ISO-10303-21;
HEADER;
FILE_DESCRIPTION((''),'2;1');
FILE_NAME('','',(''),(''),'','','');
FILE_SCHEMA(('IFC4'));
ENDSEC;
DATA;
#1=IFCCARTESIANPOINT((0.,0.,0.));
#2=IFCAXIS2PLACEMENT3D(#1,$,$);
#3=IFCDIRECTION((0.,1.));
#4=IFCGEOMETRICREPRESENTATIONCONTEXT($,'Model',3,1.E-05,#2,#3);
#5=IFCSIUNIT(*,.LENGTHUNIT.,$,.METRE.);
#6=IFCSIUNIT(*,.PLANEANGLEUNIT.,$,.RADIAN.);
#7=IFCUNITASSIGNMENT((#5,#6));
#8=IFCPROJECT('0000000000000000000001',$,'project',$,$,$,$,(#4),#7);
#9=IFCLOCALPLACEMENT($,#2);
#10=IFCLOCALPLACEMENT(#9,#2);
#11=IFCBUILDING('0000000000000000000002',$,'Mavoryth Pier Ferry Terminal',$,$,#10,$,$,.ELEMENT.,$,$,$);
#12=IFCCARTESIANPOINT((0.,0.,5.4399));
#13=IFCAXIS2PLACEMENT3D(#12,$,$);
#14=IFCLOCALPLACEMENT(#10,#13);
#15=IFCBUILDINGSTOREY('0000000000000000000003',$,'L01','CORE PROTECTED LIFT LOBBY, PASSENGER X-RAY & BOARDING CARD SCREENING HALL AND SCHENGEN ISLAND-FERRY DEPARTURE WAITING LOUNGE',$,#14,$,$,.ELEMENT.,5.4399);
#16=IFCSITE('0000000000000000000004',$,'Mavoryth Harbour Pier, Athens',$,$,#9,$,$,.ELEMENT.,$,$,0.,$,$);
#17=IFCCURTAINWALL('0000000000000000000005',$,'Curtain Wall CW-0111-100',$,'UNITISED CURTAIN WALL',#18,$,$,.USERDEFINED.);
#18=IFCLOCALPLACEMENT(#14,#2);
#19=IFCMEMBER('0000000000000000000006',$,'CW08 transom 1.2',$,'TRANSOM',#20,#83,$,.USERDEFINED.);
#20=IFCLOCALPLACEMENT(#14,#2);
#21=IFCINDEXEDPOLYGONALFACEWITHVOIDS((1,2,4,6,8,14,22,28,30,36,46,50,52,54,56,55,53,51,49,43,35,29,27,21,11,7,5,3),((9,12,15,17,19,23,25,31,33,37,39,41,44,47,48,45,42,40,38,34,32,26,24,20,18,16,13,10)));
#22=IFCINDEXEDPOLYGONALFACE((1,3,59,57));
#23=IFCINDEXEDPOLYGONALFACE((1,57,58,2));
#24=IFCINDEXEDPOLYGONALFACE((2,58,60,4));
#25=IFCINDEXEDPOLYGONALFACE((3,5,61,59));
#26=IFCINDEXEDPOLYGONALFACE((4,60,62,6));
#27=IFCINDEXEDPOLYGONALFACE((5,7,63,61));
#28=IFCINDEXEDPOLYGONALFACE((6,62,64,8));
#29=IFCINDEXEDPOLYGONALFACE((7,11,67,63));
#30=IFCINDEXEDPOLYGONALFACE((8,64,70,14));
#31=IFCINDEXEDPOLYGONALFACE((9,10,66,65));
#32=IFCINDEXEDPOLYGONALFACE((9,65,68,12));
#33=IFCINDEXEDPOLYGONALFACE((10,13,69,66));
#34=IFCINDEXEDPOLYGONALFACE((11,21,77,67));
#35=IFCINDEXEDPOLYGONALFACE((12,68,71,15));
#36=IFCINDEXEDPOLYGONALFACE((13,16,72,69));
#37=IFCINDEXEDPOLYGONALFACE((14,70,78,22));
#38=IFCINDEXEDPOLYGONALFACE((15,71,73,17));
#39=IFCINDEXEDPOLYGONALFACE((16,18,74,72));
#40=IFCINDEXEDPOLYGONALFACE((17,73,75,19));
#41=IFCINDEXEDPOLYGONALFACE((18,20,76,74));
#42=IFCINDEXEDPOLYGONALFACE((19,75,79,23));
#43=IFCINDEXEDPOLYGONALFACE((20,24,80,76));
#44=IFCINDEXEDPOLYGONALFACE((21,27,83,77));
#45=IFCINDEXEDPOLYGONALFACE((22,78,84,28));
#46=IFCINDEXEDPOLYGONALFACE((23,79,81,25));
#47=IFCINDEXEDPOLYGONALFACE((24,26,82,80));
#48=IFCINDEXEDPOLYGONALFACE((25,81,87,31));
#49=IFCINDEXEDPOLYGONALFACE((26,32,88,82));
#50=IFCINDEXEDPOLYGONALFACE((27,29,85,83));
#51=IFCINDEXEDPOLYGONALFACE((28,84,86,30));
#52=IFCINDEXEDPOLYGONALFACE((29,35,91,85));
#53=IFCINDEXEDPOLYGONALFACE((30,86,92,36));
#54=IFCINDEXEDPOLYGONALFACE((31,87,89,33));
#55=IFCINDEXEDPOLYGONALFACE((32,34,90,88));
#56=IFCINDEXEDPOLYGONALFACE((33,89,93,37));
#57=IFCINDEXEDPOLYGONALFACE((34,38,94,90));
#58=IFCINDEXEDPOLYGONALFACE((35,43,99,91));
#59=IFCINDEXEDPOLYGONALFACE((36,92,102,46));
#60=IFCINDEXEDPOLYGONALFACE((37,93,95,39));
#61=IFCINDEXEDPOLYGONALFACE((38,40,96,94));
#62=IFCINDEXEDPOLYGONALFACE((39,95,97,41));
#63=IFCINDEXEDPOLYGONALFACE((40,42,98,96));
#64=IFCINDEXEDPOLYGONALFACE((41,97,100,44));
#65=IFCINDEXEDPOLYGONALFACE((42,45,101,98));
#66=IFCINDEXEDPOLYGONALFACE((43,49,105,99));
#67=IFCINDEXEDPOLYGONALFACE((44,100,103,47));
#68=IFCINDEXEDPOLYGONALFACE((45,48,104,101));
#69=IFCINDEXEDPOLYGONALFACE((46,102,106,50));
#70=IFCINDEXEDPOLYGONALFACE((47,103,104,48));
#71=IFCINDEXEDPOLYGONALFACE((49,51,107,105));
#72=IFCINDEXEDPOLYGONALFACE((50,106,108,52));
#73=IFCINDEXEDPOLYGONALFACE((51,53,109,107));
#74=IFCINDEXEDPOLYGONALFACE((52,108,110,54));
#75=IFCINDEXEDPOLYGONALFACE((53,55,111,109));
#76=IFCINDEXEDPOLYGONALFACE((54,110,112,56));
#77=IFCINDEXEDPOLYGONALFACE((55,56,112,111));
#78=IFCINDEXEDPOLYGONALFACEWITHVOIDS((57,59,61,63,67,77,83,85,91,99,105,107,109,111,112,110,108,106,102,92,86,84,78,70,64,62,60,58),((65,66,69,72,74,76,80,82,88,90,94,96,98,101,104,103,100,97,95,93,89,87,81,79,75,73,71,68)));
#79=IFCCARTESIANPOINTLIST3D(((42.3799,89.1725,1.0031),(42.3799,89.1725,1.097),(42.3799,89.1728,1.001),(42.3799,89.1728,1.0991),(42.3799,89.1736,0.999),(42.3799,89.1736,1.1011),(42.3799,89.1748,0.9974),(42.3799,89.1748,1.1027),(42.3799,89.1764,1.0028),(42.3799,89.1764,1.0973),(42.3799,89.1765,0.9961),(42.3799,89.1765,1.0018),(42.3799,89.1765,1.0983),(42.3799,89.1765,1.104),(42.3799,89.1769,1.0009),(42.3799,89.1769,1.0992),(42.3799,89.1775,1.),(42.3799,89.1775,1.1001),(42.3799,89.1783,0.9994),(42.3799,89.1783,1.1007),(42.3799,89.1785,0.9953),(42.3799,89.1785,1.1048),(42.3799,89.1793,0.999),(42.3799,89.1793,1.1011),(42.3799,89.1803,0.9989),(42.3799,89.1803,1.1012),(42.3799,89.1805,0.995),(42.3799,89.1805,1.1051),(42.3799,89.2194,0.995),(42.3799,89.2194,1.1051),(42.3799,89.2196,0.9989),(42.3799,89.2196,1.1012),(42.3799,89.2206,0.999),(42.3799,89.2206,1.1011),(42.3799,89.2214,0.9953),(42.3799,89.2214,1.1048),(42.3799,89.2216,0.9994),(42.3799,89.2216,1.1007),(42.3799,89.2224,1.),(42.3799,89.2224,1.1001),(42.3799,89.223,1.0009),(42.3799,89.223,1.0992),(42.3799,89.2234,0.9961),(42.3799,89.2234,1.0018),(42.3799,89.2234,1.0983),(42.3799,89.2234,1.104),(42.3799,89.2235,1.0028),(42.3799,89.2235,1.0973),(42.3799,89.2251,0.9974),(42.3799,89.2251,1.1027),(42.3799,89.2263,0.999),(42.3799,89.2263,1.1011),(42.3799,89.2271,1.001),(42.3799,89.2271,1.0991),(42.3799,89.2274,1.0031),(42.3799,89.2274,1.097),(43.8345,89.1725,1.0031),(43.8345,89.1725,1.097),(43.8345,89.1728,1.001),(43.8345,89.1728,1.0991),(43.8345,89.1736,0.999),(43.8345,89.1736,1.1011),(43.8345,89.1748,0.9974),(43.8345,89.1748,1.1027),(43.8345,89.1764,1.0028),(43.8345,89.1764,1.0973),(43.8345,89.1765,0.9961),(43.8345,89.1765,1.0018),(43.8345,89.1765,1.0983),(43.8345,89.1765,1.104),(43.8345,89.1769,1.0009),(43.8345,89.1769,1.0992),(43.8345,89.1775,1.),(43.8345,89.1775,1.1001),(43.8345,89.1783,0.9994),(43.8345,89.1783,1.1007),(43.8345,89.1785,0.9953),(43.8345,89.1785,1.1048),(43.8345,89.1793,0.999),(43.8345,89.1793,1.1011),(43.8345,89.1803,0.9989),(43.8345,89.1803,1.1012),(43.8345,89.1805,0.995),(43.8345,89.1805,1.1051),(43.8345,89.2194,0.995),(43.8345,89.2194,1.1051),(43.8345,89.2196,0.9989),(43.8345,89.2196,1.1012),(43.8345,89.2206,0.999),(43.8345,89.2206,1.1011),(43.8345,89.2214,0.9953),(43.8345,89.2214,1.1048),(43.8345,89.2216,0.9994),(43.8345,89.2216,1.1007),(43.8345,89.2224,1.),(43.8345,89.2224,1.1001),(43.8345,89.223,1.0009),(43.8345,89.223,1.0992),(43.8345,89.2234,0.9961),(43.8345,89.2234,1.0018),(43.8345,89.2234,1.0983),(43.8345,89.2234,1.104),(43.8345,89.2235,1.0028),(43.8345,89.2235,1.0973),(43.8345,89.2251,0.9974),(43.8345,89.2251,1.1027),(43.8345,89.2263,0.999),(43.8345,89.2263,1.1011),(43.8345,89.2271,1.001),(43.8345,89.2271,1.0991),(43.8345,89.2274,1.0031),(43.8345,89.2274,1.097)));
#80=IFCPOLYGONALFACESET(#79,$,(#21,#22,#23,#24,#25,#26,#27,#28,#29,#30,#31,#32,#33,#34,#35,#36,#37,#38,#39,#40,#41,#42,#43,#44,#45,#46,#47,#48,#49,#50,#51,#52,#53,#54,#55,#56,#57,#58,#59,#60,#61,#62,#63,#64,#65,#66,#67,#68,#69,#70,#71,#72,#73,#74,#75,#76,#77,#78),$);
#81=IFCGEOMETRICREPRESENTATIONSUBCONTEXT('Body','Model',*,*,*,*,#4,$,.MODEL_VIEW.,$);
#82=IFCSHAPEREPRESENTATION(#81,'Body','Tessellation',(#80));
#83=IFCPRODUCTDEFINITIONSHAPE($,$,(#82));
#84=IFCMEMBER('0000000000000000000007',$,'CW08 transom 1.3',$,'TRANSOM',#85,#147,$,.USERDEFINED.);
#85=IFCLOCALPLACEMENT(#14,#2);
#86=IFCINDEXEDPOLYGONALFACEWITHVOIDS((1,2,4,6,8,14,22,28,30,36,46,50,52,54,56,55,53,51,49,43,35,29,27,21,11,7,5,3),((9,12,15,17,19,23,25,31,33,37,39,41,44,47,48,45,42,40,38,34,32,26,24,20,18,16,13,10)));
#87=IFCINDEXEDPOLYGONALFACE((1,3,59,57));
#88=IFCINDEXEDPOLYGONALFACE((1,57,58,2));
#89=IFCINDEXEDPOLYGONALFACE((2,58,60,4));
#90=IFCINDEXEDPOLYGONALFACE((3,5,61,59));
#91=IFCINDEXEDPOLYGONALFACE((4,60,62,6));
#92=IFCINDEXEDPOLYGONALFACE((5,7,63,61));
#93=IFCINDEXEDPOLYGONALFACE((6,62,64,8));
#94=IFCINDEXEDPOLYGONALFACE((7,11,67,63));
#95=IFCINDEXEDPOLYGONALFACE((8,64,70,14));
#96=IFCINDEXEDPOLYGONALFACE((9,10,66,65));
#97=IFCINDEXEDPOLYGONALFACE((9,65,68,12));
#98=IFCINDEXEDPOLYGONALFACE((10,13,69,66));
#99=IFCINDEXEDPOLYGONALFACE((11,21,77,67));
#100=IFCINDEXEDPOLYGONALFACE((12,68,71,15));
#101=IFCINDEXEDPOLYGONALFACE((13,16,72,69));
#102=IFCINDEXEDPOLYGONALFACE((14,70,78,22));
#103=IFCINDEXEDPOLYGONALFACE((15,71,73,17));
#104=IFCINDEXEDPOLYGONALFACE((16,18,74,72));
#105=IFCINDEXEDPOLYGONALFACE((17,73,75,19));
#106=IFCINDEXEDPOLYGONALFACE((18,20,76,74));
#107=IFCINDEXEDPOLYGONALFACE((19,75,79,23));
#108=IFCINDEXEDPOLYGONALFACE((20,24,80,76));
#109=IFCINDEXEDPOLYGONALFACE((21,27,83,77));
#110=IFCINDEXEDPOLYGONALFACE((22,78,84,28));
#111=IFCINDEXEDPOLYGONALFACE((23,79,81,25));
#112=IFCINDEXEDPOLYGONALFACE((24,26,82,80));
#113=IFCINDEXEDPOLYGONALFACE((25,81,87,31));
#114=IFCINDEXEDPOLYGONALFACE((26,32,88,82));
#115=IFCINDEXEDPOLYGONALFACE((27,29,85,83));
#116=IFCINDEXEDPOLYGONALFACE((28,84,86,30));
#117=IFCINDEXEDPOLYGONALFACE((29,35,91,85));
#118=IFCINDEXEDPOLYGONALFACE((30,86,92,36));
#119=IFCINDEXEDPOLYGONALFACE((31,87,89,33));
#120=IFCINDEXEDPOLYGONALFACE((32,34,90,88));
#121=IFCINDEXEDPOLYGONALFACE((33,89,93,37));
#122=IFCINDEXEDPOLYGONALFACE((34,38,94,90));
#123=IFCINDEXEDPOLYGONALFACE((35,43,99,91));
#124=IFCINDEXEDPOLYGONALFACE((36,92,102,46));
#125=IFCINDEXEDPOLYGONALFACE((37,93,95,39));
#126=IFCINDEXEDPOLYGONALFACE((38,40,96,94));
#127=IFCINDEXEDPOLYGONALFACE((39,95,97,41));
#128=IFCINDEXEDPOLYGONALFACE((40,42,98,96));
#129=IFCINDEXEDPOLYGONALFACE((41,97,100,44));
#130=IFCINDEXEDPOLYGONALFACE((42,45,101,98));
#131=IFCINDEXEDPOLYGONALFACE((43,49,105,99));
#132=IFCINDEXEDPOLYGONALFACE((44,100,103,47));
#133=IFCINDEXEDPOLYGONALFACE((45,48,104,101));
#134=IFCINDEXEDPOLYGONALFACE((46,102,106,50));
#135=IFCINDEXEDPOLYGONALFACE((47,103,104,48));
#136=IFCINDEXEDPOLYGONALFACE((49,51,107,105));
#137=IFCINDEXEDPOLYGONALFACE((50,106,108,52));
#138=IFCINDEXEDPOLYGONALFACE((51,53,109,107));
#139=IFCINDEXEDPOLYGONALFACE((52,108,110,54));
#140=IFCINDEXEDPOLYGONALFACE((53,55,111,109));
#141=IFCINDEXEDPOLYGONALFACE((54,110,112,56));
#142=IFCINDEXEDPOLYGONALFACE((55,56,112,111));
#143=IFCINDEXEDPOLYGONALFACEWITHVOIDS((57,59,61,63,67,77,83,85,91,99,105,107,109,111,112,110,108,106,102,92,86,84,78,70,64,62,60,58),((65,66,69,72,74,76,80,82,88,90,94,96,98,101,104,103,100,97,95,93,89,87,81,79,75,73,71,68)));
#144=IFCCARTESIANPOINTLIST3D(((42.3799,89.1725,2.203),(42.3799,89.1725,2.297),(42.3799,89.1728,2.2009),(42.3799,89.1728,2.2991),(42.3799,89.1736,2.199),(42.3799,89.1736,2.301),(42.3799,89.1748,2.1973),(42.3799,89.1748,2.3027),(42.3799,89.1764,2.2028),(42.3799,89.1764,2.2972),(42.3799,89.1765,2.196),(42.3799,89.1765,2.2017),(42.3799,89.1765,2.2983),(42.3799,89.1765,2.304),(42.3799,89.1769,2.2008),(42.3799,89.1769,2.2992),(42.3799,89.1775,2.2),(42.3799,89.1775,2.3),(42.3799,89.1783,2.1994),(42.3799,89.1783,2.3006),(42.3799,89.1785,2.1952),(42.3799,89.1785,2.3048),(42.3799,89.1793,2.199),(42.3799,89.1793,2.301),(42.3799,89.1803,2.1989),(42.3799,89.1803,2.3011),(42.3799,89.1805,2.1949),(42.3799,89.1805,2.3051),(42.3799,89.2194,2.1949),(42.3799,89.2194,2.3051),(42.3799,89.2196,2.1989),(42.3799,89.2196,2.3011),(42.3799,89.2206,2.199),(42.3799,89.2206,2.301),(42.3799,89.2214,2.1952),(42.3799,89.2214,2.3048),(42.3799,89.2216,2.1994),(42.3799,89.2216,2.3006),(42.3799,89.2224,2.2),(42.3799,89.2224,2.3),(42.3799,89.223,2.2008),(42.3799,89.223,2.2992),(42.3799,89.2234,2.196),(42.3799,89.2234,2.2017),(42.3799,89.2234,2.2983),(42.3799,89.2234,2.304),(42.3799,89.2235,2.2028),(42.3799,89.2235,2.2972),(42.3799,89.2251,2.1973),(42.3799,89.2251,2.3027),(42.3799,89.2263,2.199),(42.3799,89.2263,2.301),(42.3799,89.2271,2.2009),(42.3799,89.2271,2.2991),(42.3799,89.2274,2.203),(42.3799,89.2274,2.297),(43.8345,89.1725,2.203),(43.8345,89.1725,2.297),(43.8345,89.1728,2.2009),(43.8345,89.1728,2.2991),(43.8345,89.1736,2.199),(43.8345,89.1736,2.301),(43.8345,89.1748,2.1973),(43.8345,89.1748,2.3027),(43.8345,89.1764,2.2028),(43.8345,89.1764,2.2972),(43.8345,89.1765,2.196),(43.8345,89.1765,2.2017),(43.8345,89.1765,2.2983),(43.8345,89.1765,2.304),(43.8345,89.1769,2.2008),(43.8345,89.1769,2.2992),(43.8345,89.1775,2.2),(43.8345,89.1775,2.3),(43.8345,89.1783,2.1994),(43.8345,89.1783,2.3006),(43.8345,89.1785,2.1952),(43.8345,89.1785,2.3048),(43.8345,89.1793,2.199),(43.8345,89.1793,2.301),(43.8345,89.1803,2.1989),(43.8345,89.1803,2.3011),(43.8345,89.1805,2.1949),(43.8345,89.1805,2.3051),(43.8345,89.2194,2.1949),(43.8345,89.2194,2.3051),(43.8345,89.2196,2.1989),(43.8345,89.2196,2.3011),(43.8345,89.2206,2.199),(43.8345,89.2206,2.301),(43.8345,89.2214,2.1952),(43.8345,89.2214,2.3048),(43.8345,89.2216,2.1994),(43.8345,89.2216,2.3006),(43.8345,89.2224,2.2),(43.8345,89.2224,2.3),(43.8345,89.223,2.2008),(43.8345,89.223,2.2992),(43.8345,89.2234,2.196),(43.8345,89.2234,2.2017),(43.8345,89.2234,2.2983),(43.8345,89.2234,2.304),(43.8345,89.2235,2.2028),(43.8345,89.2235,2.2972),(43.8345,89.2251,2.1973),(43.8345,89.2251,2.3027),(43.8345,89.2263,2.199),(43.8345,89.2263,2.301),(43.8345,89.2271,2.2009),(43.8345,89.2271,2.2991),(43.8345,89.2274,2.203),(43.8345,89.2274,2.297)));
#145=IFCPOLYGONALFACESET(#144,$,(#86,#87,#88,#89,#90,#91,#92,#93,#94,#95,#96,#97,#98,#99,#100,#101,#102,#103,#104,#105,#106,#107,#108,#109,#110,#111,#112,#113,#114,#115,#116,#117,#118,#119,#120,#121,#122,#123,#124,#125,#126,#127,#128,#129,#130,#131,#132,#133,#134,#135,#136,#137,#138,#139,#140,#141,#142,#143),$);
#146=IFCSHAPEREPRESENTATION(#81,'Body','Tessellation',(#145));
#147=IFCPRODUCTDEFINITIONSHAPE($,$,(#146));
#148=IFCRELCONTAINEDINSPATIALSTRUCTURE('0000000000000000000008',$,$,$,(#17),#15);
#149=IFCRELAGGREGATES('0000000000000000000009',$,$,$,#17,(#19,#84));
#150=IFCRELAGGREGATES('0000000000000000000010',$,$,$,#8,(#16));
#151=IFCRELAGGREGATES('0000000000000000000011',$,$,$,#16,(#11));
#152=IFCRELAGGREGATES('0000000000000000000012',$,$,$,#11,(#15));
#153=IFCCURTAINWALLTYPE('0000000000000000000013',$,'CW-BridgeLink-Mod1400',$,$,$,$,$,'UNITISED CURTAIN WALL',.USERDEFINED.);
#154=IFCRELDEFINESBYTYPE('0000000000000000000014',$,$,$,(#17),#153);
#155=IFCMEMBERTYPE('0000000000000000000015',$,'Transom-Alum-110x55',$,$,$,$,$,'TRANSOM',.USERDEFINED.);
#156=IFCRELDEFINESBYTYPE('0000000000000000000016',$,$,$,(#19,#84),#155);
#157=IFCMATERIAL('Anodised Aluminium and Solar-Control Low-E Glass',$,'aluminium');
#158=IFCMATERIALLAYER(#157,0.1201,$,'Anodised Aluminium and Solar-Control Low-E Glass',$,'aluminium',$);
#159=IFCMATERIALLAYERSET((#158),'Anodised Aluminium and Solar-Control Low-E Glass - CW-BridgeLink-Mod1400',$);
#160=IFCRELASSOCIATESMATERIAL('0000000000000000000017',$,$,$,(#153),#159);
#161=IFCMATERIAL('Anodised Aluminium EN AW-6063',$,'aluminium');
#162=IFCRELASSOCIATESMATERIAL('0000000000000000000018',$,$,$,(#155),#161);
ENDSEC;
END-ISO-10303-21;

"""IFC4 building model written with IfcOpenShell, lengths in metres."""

from ifc_helpers import new_model, si_unit, direction, frame, origin, origin_2d, place, context, subcontext, project, spatial, hollow_rectangle, extrude, material, layer, layer_set, material_profile, profile_set, type_object, element, aggregate, save


model = new_model("IFC4")

# Units and contexts
model_context = context("Model", 3, precision=1e-05, world=origin(), true_north=direction((0.0, 1.0)))
body_context = subcontext(model_context, "Body", "Model", "MODEL_VIEW")
ifc_project = project(units=[si_unit("LENGTHUNIT", "METRE"), si_unit("PLANEANGLEUNIT", "RADIAN")], contexts=[model_context])

# Site, building, storey
site_placement = place(None, origin())
site = spatial("IfcSite", under=ifc_project, at=site_placement, Name="Mavoryth Harbour Pier, Athens", CompositionType="ELEMENT", RefElevation=0.0)
building_placement = place(site_placement, origin())
building = spatial("IfcBuilding", under=site, at=building_placement, Name="Mavoryth Pier Ferry Terminal", CompositionType="ELEMENT")
storey_placement = place(building_placement, frame((0.0, 0.0, 5.4399)))
storey = spatial("IfcBuildingStorey", under=building, at=storey_placement, Name="L01", Description="CORE PROTECTED LIFT LOBBY, PASSENGER X-RAY & BOARDING CARD SCREENING HALL AND SCHENGEN ISLAND-FERRY DEPARTURE WAITING LOUNGE", CompositionType="ELEMENT", Elevation=5.4399)

# Curtain wall
ifc_material_1 = material(Name="Anodised Aluminium and Solar-Control Low-E Glass", Category="aluminium")
ifc_layer_1 = layer(ifc_material_1, 0.1201, Name="Anodised Aluminium and Solar-Control Low-E Glass", Category="aluminium")
ifc_layer_set_1 = layer_set([ifc_layer_1], Name="Anodised Aluminium and Solar-Control Low-E Glass - CW-BridgeLink-Mod1400")
curtain_wall_type = type_object("IfcCurtainWallType", Name="CW-BridgeLink-Mod1400", ElementType="UNITISED CURTAIN WALL", PredefinedType="USERDEFINED", material=ifc_layer_set_1)
curtain_wall_placement = place(storey_placement, origin())
curtain_wall = element("IfcCurtainWall", 1, at=curtain_wall_placement, inside=storey, type_object=curtain_wall_type, Name="Curtain Wall CW-0111-100", ObjectType="UNITISED CURTAIN WALL", PredefinedType="USERDEFINED")
ifc_material_2 = material(Name="Anodised Aluminium EN AW-6063", Category="aluminium")

# Members
ifc_material_profile_1 = material_profile(ifc_material_2, hollow_rectangle(XDim=0.0549, YDim=0.1101, WallThickness=0.0039, InnerFilletRadius=0.0039, OuterFilletRadius=0.0081, at=origin_2d()), Name="AL-TRAN 110x55x4", Category="aluminium")
ifc_profile_set_1 = profile_set([ifc_material_profile_1], Name="Anodised Aluminium EN AW-6063 - AL-TRAN 110x55x4")
member_type_1 = type_object("IfcMemberType", Name="Transom-Alum-110x55", ElementType="TRANSOM", PredefinedType="USERDEFINED", material=ifc_profile_set_1)
member_1_placement = place(storey_placement, frame((42.3799, 89.2, 1.05), z_axis=(1.0, 0.0, 0.0), x_axis=(0.0, 1.0, 0.0)))
member_1 = element("IfcMember", 2, at=member_1_placement, type_object=member_type_1, Name="CW08 transom 1.2", ObjectType="TRANSOM", PredefinedType="USERDEFINED", context=body_context, shape_type="SweptSolid", body=[
    extrude(hollow_rectangle(XDim=0.0549, YDim=0.1101, WallThickness=0.0039, InnerFilletRadius=0.0039, OuterFilletRadius=0.0081, at=origin_2d()), origin(), (0.0, 0.0, 1.0), 1.4546),
])
member_2_placement = place(storey_placement, frame((42.3799, 89.2, 2.25), z_axis=(1.0, 0.0, 0.0), x_axis=(0.0, 1.0, 0.0)))
member_2 = element("IfcMember", 3, at=member_2_placement, type_object=member_type_1, Name="CW08 transom 1.3", ObjectType="TRANSOM", PredefinedType="USERDEFINED", context=body_context, shape_type="SweptSolid", body=[
    extrude(hollow_rectangle(XDim=0.0549, YDim=0.1101, WallThickness=0.0039, InnerFilletRadius=0.0039, OuterFilletRadius=0.0081, at=origin_2d()), origin(), (0.0, 0.0, 1.0), 1.4546),
])

aggregate(curtain_wall, [member_1, member_2])

save(model, "model.ifc")
